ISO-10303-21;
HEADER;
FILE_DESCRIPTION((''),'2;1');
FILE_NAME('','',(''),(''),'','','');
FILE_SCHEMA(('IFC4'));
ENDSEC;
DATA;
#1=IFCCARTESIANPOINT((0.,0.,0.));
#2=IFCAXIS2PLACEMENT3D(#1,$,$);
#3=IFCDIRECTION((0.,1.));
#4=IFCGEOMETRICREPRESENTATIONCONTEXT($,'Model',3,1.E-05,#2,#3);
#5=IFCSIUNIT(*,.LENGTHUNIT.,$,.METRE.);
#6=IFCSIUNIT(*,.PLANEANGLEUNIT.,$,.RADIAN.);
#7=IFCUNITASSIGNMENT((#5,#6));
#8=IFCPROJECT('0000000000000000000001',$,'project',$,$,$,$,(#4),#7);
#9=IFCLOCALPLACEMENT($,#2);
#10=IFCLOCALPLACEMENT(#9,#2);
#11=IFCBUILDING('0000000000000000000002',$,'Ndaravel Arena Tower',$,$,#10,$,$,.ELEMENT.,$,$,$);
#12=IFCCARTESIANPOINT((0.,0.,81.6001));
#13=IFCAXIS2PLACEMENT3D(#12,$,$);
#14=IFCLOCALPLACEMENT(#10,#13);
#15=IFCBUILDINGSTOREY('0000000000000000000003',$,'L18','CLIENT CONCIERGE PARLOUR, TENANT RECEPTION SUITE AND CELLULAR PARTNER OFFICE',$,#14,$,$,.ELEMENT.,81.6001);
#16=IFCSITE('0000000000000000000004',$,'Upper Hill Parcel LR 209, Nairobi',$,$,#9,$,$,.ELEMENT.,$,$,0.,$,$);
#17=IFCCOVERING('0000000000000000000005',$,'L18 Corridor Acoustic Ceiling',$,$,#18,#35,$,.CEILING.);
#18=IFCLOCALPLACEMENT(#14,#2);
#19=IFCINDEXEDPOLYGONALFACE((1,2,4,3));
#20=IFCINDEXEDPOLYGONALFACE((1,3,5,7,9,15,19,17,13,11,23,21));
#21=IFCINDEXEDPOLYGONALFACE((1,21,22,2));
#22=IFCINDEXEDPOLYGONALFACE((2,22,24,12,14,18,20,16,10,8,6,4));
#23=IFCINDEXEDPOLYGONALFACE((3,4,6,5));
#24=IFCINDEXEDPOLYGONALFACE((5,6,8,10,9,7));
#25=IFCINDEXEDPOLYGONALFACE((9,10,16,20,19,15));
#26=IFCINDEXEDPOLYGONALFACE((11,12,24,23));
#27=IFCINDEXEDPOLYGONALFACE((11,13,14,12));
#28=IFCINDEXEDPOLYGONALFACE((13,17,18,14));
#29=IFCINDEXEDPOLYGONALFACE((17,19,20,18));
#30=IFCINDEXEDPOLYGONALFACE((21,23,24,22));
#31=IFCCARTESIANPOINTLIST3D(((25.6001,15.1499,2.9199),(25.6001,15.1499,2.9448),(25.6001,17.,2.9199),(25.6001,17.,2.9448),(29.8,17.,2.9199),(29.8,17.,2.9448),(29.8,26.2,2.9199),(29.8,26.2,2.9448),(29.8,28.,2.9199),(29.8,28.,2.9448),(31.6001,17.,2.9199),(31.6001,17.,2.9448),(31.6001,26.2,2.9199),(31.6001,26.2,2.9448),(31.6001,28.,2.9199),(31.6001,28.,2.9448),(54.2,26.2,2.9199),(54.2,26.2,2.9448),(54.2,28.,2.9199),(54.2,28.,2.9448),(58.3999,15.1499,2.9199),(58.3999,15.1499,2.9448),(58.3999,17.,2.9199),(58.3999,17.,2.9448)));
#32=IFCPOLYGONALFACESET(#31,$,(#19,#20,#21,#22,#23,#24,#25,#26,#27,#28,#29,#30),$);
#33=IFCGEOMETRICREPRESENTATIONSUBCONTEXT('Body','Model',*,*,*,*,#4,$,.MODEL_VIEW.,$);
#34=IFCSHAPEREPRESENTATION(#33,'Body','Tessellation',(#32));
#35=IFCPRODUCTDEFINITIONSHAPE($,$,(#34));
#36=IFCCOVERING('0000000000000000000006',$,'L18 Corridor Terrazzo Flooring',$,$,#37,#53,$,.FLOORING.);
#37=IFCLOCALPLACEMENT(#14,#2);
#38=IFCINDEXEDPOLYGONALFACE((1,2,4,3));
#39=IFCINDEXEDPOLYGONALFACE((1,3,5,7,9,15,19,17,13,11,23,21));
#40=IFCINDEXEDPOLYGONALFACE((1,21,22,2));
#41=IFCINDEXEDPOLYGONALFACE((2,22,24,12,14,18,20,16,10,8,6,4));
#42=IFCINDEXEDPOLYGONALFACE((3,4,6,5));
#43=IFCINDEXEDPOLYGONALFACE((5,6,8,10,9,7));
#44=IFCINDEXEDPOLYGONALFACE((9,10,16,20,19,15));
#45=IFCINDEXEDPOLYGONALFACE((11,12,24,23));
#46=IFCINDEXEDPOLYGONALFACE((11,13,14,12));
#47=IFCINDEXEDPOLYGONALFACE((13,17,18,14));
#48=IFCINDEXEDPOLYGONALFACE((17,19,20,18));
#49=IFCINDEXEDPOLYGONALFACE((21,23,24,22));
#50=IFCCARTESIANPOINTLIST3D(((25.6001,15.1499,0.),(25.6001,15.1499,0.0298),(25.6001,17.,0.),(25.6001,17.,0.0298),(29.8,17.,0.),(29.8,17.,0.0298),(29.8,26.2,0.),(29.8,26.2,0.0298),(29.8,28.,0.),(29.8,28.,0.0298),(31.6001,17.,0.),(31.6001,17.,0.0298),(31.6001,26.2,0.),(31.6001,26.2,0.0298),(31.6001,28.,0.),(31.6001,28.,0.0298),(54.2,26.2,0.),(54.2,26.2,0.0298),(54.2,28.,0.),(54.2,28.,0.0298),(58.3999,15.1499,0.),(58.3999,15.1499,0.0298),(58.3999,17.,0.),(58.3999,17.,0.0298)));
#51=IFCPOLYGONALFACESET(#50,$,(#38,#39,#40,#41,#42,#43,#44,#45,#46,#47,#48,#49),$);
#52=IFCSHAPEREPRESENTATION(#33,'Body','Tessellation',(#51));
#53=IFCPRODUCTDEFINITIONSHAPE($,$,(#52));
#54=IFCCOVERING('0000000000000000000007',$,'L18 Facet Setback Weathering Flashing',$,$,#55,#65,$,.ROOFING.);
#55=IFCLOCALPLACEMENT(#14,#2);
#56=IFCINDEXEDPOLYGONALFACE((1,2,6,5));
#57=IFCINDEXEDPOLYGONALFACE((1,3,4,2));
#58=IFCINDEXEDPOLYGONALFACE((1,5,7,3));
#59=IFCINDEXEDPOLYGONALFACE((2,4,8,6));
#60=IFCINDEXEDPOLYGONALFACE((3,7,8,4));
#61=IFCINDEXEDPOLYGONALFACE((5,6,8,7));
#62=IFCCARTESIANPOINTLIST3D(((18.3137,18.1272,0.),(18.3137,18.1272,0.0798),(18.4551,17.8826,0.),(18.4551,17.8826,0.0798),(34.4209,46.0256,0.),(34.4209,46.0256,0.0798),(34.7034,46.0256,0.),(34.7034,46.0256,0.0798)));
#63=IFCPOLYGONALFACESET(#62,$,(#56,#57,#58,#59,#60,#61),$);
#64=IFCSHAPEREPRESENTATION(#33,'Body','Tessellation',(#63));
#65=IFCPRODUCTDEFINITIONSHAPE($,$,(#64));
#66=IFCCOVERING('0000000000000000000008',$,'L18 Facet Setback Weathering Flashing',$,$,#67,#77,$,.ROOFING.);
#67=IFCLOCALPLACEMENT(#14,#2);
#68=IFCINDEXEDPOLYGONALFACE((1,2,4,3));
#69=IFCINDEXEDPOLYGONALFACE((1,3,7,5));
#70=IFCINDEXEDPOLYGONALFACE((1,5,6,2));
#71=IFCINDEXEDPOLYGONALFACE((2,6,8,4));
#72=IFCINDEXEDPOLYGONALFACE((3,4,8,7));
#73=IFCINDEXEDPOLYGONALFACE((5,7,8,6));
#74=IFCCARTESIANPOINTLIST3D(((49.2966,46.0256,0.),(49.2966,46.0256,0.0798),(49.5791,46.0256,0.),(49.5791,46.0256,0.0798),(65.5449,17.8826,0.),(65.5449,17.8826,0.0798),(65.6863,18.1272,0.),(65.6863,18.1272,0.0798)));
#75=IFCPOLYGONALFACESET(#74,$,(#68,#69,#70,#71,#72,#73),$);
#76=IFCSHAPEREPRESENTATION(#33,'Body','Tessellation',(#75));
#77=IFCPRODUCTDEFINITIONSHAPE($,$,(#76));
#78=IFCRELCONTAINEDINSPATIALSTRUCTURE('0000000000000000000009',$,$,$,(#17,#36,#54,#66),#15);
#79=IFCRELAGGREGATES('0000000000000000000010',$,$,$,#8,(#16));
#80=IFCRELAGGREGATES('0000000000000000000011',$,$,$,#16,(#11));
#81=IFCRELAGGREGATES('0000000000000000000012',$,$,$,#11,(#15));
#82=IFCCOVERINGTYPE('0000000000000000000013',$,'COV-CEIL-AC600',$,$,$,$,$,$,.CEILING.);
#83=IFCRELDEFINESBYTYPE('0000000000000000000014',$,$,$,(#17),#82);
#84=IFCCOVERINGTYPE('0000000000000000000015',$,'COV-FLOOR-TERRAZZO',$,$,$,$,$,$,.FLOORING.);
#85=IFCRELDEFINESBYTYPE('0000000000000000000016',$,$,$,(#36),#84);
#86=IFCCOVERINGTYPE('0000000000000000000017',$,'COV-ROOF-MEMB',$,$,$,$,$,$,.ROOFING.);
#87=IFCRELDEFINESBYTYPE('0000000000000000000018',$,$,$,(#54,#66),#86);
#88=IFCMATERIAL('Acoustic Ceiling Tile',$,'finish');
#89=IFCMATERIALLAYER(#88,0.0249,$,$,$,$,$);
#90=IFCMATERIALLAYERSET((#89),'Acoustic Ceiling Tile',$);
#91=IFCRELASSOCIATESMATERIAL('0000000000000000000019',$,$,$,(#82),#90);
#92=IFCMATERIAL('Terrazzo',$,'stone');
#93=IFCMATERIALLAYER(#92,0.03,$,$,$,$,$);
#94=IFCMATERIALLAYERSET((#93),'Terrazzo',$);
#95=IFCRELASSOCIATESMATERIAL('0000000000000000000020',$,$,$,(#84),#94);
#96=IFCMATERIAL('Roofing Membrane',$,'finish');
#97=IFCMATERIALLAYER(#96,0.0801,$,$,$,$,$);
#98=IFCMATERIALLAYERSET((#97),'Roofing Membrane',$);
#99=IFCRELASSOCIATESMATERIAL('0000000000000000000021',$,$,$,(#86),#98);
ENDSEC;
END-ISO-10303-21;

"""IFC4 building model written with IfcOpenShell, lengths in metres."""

from ifc_helpers import new_model, si_unit, direction, frame, origin, place, context, subcontext, project, spatial, polyline, outline, extrude, material, layer, layer_set, type_object, element, save


model = new_model("IFC4")

# Units and contexts
model_context = context("Model", 3, precision=1e-05, world=origin(), true_north=direction((0.0, 1.0)))
body_context = subcontext(model_context, "Body", "Model", "MODEL_VIEW")
ifc_project = project(units=[si_unit("LENGTHUNIT", "METRE"), si_unit("PLANEANGLEUNIT", "RADIAN")], contexts=[model_context])

# Site, building, storey
site_placement = place(None, origin())
site = spatial("IfcSite", under=ifc_project, at=site_placement, Name="Upper Hill Parcel LR 209, Nairobi", CompositionType="ELEMENT", RefElevation=0.0)
building_placement = place(site_placement, origin())
building = spatial("IfcBuilding", under=site, at=building_placement, Name="Ndaravel Arena Tower", CompositionType="ELEMENT")
storey_placement = place(building_placement, frame((0.0, 0.0, 81.6001)))
storey = spatial("IfcBuildingStorey", under=building, at=storey_placement, Name="L18", Description="CLIENT CONCIERGE PARLOUR, TENANT RECEPTION SUITE AND CELLULAR PARTNER OFFICE", CompositionType="ELEMENT", Elevation=81.6001)

# Coverings
ifc_material_1 = material(Name="Acoustic Ceiling Tile", Category="finish")
ifc_layer_1 = layer(ifc_material_1, 0.0249)
ifc_layer_set_1 = layer_set([ifc_layer_1], Name="Acoustic Ceiling Tile")
covering_type_1 = type_object("IfcCoveringType", Name="COV-CEIL-AC600", PredefinedType="CEILING", material=ifc_layer_set_1)
covering_1_placement = place(storey_placement, frame((0.0, 0.0, 2.9199)))
element("IfcCovering", 1, at=covering_1_placement, inside=storey, type_object=covering_type_1, Name="L18 Corridor Acoustic Ceiling", PredefinedType="CEILING", context=body_context, shape_type="SweptSolid", body=[
    extrude(outline(polyline([(58.3999, 17.0), (31.6001, 17.0), (31.6001, 26.2), (54.2, 26.2), (54.2, 28.0), (31.6001, 28.0), (29.8, 28.0), (29.8, 26.2), (29.8, 17.0), (25.6001, 17.0), (25.6001, 15.1499), (58.3999, 15.1499), (58.3999, 17.0)])), origin(), (0.0, 0.0, 1.0), 0.0249),
])
ifc_material_2 = material(Name="Terrazzo", Category="stone")
ifc_layer_2 = layer(ifc_material_2, 0.03)
ifc_layer_set_2 = layer_set([ifc_layer_2], Name="Terrazzo")
covering_type_2 = type_object("IfcCoveringType", Name="COV-FLOOR-TERRAZZO", PredefinedType="FLOORING", material=ifc_layer_set_2)
covering_2_placement = place(storey_placement, origin())
element("IfcCovering", 2, at=covering_2_placement, inside=storey, type_object=covering_type_2, Name="L18 Corridor Terrazzo Flooring", PredefinedType="FLOORING", context=body_context, shape_type="SweptSolid", body=[
    extrude(outline(polyline([(58.3999, 17.0), (31.6001, 17.0), (31.6001, 26.2), (54.2, 26.2), (54.2, 28.0), (31.6001, 28.0), (29.8, 28.0), (29.8, 26.2), (29.8, 17.0), (25.6001, 17.0), (25.6001, 15.1499), (58.3999, 15.1499), (58.3999, 17.0)])), origin(), (0.0, 0.0, 1.0), 0.0298),
])
ifc_material_3 = material(Name="Roofing Membrane", Category="finish")
ifc_layer_3 = layer(ifc_material_3, 0.0801)
ifc_layer_set_3 = layer_set([ifc_layer_3], Name="Roofing Membrane")
covering_type_3 = type_object("IfcCoveringType", Name="COV-ROOF-MEMB", PredefinedType="ROOFING", material=ifc_layer_set_3)
covering_3_placement = place(storey_placement, origin())
element("IfcCovering", 3, at=covering_3_placement, inside=storey, type_object=covering_type_3, Name="L18 Facet Setback Weathering Flashing", PredefinedType="ROOFING", context=body_context, shape_type="SweptSolid", body=[
    extrude(outline(polyline([(18.3137, 18.1272), (34.4209, 46.0256), (34.7034, 46.0256), (18.4551, 17.8826), (18.3137, 18.1272)])), origin(), (0.0, 0.0, 1.0), 0.0798),
])
covering_4_placement = place(storey_placement, origin())
element("IfcCovering", 4, at=covering_4_placement, inside=storey, type_object=covering_type_3, Name="L18 Facet Setback Weathering Flashing", PredefinedType="ROOFING", context=body_context, shape_type="SweptSolid", body=[
    extrude(outline(polyline([(49.5791, 46.0256), (65.6863, 18.1272), (65.5449, 17.8826), (49.2966, 46.0256), (49.5791, 46.0256)])), origin(), (0.0, 0.0, 1.0), 0.0798),
])

save(model, "model.ifc")
